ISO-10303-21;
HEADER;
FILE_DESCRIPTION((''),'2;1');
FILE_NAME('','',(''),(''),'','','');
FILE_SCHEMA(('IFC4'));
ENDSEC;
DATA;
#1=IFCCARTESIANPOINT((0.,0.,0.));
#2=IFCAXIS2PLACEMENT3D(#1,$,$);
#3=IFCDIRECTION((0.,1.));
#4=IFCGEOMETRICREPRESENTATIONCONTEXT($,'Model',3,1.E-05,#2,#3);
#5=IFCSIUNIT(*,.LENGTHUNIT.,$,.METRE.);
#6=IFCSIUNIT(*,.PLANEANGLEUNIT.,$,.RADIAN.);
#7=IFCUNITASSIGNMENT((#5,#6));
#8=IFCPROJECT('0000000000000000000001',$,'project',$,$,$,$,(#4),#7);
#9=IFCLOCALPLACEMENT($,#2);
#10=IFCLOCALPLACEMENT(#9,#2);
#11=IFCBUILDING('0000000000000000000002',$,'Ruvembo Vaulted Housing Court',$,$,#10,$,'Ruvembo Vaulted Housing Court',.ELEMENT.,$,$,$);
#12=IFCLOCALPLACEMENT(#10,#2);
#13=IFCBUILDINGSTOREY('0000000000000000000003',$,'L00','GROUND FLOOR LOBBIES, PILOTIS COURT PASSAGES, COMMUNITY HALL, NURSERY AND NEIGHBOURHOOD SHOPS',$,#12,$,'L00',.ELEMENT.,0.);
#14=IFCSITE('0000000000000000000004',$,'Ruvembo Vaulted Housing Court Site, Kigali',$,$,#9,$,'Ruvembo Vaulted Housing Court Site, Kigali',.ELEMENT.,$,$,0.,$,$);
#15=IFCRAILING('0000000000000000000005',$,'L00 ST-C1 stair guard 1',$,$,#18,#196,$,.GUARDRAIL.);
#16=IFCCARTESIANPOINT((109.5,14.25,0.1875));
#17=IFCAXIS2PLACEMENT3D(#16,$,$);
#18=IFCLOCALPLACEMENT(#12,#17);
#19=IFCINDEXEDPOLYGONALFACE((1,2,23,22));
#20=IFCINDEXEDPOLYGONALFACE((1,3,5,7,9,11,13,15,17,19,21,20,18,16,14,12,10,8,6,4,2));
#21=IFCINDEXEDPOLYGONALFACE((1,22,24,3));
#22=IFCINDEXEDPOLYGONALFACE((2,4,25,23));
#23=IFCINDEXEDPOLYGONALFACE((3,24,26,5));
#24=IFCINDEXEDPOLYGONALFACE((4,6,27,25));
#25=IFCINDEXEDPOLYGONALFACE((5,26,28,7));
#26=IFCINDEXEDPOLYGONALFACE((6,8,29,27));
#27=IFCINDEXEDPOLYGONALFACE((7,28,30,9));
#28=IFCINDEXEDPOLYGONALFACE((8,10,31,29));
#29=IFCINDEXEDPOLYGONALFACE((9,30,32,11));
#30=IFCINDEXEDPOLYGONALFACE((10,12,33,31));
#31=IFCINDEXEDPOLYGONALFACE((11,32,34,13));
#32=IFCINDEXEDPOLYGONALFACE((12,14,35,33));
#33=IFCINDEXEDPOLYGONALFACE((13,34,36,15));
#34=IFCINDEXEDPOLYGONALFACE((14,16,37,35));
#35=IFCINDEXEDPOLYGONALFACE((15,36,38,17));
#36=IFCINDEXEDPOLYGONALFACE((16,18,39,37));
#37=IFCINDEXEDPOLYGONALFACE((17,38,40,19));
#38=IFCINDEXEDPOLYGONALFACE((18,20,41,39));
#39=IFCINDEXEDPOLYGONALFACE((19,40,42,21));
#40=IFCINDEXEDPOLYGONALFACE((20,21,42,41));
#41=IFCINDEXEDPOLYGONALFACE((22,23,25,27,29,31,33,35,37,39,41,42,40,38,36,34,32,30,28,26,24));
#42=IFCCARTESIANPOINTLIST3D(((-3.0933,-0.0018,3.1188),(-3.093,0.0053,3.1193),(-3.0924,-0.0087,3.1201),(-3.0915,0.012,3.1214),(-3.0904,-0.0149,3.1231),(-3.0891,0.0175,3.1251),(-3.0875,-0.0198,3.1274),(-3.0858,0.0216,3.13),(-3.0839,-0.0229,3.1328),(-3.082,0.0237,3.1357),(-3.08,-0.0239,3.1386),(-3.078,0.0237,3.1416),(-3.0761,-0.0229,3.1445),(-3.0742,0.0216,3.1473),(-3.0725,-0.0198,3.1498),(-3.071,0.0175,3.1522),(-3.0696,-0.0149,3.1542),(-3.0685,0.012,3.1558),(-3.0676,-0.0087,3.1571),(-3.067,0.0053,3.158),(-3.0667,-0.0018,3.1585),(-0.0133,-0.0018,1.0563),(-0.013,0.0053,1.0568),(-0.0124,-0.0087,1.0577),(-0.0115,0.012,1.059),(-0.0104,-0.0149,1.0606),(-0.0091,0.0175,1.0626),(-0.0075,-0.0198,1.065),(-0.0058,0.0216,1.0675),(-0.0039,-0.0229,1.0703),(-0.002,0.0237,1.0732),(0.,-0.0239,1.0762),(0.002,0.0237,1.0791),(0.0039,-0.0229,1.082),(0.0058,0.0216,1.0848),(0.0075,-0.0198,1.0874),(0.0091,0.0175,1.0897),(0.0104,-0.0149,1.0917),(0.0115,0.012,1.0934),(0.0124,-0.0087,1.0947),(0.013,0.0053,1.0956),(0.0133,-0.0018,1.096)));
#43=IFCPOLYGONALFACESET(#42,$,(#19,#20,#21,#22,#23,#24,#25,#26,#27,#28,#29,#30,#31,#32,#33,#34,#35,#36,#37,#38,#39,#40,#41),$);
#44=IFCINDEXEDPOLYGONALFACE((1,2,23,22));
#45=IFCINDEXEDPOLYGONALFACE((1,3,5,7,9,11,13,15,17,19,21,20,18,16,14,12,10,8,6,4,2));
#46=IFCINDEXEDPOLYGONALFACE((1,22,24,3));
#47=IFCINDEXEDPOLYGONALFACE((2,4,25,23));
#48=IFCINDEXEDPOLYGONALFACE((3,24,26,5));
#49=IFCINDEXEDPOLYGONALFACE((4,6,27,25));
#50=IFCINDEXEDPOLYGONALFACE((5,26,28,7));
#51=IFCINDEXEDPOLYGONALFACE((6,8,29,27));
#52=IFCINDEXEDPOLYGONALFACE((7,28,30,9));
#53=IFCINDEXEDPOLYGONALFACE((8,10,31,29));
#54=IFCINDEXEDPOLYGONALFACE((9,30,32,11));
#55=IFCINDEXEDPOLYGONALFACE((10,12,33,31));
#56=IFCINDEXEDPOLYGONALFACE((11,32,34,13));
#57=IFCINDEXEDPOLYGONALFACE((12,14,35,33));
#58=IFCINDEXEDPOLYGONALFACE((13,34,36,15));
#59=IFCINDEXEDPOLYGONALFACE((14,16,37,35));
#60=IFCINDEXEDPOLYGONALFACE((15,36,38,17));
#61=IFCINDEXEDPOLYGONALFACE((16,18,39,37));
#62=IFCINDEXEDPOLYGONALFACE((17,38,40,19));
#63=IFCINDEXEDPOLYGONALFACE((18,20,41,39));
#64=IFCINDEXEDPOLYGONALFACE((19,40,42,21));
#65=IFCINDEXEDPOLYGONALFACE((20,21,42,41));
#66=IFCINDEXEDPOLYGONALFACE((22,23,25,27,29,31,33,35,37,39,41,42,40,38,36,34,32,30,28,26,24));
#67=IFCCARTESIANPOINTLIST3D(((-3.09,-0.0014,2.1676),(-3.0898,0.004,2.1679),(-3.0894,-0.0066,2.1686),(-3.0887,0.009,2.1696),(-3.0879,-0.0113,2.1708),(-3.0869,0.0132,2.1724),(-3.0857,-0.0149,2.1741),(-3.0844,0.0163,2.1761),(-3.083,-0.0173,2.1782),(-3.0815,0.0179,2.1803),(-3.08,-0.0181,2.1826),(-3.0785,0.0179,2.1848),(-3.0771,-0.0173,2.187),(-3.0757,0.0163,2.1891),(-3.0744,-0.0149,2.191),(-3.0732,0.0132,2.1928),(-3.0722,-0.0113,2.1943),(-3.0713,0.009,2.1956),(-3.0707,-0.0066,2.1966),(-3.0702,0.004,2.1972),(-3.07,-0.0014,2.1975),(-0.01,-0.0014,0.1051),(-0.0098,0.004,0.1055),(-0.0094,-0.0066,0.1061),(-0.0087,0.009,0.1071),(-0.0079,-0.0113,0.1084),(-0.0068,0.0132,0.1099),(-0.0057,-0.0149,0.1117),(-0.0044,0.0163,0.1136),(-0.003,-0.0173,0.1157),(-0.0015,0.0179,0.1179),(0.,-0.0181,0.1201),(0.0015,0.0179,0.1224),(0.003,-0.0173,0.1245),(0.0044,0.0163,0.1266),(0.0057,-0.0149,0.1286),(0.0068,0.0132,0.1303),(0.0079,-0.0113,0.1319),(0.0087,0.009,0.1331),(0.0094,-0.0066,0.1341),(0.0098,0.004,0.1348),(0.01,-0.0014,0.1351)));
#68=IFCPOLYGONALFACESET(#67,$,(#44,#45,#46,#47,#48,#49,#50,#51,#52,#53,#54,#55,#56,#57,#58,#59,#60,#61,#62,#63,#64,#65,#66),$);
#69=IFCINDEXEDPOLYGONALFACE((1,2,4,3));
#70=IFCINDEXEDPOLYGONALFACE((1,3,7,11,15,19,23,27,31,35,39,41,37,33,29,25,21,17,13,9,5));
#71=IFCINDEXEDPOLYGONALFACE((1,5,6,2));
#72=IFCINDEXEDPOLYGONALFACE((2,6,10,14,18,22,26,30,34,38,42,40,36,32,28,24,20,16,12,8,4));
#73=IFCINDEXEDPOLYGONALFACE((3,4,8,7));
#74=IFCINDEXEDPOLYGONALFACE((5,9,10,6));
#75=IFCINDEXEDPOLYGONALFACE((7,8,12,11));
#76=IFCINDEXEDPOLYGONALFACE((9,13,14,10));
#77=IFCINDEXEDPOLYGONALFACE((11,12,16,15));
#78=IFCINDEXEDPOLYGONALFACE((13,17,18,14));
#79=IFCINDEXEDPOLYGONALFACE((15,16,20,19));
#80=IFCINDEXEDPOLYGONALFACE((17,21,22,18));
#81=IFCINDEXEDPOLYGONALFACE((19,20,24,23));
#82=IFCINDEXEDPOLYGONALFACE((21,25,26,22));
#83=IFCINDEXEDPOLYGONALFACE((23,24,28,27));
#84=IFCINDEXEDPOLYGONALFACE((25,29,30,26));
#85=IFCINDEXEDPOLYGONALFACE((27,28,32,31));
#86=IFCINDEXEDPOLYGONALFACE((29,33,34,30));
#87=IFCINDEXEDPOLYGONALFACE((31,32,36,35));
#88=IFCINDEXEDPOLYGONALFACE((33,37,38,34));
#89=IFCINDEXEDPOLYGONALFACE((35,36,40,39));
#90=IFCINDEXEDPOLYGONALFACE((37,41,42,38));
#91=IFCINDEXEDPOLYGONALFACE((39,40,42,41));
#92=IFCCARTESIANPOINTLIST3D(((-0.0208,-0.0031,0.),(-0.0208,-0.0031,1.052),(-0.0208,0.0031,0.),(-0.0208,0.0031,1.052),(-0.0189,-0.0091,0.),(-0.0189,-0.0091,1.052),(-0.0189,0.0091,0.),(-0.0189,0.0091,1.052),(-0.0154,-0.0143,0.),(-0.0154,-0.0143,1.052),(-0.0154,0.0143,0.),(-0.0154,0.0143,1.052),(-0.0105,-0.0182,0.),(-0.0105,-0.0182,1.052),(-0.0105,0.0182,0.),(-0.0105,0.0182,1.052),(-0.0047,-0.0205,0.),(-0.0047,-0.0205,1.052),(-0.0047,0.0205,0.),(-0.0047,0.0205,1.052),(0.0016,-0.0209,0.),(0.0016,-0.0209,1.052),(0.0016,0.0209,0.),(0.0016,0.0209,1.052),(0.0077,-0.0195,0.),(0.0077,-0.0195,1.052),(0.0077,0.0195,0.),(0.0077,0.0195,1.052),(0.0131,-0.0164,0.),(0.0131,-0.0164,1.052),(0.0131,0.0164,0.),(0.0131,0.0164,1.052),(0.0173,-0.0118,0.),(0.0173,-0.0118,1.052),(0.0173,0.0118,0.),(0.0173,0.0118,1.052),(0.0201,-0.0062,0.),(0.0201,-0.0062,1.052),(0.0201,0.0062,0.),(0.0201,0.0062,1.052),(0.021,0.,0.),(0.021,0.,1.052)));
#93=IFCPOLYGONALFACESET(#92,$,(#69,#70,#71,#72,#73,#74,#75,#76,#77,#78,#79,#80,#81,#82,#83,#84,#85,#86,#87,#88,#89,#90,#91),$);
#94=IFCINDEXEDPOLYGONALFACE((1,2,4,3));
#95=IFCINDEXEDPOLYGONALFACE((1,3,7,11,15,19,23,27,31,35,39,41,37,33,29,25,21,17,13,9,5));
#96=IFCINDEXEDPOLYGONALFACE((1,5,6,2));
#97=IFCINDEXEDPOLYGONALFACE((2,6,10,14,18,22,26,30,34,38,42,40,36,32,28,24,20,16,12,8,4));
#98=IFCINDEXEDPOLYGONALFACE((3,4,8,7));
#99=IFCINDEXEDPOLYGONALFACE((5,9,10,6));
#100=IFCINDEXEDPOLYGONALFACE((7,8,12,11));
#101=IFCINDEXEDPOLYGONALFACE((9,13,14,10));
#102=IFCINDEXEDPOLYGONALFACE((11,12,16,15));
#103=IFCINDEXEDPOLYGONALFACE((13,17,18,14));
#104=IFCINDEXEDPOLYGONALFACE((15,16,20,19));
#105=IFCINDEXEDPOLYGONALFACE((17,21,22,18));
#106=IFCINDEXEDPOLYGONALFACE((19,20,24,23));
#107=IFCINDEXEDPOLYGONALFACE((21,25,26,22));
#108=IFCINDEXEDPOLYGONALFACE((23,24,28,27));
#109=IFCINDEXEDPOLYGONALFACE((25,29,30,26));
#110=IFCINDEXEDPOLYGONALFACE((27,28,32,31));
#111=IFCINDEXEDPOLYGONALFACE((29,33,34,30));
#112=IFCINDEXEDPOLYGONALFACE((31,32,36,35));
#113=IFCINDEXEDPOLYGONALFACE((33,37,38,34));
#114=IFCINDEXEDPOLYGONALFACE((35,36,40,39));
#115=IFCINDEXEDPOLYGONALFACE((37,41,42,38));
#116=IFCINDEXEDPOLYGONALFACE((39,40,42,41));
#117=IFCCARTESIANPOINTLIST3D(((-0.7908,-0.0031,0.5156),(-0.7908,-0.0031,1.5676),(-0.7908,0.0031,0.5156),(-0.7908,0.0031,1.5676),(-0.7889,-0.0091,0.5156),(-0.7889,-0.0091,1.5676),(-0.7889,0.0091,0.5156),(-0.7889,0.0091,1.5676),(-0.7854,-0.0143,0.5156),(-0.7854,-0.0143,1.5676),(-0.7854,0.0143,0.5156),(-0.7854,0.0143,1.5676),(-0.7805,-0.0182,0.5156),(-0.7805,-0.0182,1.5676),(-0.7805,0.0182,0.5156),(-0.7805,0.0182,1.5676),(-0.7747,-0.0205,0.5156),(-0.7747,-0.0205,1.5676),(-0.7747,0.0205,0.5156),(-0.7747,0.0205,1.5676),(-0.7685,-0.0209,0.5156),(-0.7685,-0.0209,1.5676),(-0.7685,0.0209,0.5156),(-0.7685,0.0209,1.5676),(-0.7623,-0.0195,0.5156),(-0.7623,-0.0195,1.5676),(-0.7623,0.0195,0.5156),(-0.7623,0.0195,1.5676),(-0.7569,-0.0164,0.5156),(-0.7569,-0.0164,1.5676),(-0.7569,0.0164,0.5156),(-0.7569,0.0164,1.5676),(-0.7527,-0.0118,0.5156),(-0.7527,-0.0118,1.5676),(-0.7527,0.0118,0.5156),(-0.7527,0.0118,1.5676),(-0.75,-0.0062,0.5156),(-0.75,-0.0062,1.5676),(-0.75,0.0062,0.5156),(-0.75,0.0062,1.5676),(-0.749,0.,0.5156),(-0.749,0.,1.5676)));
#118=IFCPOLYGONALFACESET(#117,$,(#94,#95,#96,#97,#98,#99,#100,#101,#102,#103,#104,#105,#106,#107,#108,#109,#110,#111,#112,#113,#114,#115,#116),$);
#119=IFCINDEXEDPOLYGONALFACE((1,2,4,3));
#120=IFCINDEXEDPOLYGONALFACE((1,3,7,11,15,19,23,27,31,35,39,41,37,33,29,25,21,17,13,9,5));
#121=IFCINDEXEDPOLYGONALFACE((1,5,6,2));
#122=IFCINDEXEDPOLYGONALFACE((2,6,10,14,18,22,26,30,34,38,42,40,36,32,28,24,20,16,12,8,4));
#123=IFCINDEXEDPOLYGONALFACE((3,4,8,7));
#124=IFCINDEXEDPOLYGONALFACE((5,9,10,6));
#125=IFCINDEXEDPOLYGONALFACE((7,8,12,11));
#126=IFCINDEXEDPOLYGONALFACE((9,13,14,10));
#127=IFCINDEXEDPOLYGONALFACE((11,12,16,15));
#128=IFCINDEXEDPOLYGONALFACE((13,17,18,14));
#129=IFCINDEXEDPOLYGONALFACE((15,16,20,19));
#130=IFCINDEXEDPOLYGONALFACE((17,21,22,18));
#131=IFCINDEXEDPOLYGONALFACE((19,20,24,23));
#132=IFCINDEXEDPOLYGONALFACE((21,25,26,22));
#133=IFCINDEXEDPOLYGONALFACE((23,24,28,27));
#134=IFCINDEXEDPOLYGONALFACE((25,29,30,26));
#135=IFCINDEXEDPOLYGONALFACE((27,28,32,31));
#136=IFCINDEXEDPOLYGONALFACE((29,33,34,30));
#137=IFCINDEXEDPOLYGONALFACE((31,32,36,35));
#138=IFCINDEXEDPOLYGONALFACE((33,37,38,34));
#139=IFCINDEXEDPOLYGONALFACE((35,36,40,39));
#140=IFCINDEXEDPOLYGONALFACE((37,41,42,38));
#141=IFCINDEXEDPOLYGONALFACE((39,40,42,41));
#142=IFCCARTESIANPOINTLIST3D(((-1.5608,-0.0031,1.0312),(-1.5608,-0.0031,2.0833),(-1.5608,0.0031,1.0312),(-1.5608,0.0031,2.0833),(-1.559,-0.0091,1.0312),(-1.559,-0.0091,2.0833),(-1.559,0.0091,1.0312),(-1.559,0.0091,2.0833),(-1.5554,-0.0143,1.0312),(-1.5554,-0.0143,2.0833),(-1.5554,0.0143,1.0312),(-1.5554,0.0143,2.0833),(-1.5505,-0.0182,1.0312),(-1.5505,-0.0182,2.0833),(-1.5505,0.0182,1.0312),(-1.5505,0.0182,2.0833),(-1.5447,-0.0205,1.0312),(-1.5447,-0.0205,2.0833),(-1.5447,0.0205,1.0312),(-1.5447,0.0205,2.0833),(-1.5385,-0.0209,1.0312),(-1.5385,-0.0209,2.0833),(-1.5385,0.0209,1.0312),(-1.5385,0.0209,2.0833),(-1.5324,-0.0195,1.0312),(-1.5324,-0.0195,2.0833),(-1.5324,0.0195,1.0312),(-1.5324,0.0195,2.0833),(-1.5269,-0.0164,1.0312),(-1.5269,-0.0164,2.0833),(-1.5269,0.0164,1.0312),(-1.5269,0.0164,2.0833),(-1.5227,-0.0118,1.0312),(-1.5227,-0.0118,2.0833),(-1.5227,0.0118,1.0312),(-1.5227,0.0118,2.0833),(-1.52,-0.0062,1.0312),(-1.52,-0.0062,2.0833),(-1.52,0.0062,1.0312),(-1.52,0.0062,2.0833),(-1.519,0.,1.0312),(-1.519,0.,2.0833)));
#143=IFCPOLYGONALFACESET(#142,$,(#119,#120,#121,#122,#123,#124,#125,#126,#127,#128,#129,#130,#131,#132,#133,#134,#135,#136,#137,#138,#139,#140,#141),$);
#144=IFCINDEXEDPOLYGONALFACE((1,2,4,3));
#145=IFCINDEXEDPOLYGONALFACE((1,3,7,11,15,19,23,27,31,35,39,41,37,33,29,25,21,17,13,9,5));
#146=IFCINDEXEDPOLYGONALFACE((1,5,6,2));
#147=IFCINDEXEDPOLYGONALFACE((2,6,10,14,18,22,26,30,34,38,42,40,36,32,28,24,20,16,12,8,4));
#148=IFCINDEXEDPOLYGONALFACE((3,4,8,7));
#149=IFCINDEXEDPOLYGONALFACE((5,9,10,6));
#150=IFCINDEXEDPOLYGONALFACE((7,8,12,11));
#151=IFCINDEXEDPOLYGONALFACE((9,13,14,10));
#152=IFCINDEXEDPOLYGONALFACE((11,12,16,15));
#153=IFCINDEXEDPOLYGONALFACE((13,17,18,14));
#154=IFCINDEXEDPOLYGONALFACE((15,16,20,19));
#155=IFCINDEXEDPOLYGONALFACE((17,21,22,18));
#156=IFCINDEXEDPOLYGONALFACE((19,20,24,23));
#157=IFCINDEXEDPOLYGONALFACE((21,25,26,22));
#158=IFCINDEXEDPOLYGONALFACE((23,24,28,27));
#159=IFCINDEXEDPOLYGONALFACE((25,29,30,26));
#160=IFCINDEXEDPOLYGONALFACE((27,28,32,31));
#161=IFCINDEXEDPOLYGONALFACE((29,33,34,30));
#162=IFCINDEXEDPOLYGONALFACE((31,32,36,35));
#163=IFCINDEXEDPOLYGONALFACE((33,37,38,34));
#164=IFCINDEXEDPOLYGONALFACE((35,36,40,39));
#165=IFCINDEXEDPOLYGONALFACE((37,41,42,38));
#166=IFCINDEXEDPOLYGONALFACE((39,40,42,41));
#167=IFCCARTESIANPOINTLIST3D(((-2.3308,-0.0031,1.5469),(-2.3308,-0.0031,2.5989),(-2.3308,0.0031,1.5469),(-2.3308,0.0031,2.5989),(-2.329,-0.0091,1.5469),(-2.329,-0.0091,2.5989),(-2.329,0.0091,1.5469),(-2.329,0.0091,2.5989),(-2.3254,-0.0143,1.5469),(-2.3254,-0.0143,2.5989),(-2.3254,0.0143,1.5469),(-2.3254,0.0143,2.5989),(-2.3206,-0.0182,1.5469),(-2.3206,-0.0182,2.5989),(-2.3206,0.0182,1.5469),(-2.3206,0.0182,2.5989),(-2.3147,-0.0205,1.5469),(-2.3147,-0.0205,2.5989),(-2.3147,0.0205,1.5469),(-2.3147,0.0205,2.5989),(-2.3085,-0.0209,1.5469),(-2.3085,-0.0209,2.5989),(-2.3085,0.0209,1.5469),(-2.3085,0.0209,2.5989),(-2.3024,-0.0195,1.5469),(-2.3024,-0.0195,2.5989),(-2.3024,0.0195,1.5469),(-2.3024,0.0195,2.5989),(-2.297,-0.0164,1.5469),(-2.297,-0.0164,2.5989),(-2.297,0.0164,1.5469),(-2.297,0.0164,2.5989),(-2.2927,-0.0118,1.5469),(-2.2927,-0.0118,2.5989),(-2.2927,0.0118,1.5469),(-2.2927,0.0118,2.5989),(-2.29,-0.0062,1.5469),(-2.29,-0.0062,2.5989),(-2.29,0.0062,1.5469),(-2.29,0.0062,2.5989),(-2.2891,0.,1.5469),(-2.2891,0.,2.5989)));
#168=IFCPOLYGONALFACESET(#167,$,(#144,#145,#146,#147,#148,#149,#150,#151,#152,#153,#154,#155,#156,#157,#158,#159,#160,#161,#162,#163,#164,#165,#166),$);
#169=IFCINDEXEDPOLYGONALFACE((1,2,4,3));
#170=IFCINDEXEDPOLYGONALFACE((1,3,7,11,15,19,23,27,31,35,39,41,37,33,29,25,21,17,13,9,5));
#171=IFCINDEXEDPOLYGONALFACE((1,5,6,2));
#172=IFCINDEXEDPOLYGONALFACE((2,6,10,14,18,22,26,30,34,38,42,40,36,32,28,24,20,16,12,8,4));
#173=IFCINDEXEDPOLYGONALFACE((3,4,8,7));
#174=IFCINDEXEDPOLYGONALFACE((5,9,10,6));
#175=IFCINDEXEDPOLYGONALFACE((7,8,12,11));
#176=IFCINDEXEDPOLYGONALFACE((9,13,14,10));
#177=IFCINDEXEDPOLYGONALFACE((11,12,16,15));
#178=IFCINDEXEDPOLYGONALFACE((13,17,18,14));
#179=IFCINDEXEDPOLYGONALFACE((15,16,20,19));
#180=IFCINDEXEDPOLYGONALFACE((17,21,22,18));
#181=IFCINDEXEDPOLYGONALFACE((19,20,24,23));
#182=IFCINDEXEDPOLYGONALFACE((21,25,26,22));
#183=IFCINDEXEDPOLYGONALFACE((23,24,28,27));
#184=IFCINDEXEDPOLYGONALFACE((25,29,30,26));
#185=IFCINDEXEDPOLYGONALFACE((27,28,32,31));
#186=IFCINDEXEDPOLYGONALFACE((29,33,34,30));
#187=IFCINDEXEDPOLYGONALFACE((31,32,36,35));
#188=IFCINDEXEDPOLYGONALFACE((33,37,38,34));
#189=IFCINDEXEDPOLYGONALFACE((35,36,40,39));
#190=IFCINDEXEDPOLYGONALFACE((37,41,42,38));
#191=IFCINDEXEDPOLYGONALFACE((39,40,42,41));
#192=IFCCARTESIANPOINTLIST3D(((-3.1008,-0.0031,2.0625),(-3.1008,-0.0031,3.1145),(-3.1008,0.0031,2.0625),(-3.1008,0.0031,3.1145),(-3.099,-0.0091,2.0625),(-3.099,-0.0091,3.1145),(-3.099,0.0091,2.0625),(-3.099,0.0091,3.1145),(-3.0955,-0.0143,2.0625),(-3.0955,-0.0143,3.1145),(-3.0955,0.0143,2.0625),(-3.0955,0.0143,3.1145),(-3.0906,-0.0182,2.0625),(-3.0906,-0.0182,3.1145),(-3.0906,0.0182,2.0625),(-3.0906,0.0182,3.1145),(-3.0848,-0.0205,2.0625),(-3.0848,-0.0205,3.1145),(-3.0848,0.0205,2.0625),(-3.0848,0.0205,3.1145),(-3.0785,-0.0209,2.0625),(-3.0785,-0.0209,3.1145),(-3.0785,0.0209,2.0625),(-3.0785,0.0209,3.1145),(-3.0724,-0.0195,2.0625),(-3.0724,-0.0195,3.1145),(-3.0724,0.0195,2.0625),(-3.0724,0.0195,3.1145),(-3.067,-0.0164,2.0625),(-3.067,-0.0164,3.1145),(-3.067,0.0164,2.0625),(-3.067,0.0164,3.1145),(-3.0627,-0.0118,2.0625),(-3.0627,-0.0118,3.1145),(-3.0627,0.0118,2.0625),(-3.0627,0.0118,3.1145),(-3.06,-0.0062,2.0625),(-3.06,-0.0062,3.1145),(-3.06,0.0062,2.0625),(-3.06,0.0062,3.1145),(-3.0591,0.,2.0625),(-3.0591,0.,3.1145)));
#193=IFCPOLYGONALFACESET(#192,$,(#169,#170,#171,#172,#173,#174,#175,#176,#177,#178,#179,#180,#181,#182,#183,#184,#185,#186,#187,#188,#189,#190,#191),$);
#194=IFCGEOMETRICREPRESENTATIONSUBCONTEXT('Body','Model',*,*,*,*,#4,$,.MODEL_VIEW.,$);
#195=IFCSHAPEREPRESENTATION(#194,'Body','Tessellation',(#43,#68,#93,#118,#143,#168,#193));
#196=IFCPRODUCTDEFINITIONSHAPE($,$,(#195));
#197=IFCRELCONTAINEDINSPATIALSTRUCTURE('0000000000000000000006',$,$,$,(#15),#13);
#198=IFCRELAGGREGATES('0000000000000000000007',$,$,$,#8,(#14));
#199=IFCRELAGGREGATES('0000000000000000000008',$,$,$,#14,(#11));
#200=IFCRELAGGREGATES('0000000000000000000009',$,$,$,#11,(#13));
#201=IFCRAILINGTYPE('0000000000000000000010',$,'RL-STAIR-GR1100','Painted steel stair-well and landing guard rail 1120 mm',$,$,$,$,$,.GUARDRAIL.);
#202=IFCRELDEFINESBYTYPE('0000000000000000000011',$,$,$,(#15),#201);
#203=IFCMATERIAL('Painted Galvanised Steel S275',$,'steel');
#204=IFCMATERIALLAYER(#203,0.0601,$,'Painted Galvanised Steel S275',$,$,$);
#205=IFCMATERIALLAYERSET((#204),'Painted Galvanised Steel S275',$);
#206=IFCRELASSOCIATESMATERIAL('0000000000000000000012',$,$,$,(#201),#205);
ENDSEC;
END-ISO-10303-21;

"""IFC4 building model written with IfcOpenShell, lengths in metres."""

from ifc_helpers import new_model, si_unit, direction, frame, origin, origin_2d, place, context, subcontext, project, spatial, circle, extrude, material, layer, layer_set, type_object, element, save


model = new_model("IFC4")

# Units and contexts
model_context = context("Model", 3, precision=1e-05, world=origin(), true_north=direction((0.0, 1.0)))
body_context = subcontext(model_context, "Body", "Model", "MODEL_VIEW")
ifc_project = project(units=[si_unit("LENGTHUNIT", "METRE"), si_unit("PLANEANGLEUNIT", "RADIAN")], contexts=[model_context])

# Site, building, storey
site_placement = place(None, origin())
site = spatial("IfcSite", under=ifc_project, at=site_placement, Name="Ruvembo Vaulted Housing Court Site, Kigali", LongName="Ruvembo Vaulted Housing Court Site, Kigali", CompositionType="ELEMENT", RefElevation=0.0)
building_placement = place(site_placement, origin())
building = spatial("IfcBuilding", under=site, at=building_placement, Name="Ruvembo Vaulted Housing Court", LongName="Ruvembo Vaulted Housing Court", CompositionType="ELEMENT")
storey_placement = place(building_placement, origin())
storey = spatial("IfcBuildingStorey", under=building, at=storey_placement, Name="L00", Description="GROUND FLOOR LOBBIES, PILOTIS COURT PASSAGES, COMMUNITY HALL, NURSERY AND NEIGHBOURHOOD SHOPS", LongName="L00", CompositionType="ELEMENT", Elevation=0.0)

# Railing
ifc_material_1 = material(Name="Painted Galvanised Steel S275", Category="steel")
ifc_layer_1 = layer(ifc_material_1, 0.0601, Name="Painted Galvanised Steel S275")
ifc_layer_set_1 = layer_set([ifc_layer_1], Name="Painted Galvanised Steel S275")
railing_type_1 = type_object("IfcRailingType", Name="RL-STAIR-GR1100", Description="Painted steel stair-well and landing guard rail 1120 mm", PredefinedType="GUARDRAIL", material=ifc_layer_set_1)
railing_1_placement = place(storey_placement, frame((109.5, 14.25, 0.1875)))
element("IfcRailing", 1, at=railing_1_placement, inside=storey, type_object=railing_type_1, Name="L00 ST-C1 stair guard 1", PredefinedType="GUARDRAIL", context=body_context, shape_type="SweptSolid", body=[
    extrude(circle(Radius=0.0239, at=origin_2d()), frame((0.0, 0.0, 1.0762), z_axis=(-0.830914, 0.0, 0.556401), x_axis=(0.0, -1.0, 0.0)), (0.0, 0.0, 1.0), 3.7068),
    extrude(circle(Radius=0.0181, at=origin_2d()), frame((0.0, 0.0, 0.1201), z_axis=(-0.830914, 0.0, 0.556401), x_axis=(0.0, -1.0, 0.0)), (0.0, 0.0, 1.0), 3.7068),
    extrude(circle(Radius=0.021, at=origin_2d()), origin(), (0.0, 0.0, 1.0), 1.052),
    extrude(circle(Radius=0.021, at=origin_2d()), frame((-0.77, 0.0, 0.5156)), (0.0, 0.0, 1.0), 1.052),
    extrude(circle(Radius=0.021, at=origin_2d()), frame((-1.54, 0.0, 1.0312)), (0.0, 0.0, 1.0), 1.052),
    extrude(circle(Radius=0.021, at=origin_2d()), frame((-2.3101, 0.0, 1.5469)), (0.0, 0.0, 1.0), 1.052),
    extrude(circle(Radius=0.021, at=origin_2d()), frame((-3.0801, 0.0, 2.0625)), (0.0, 0.0, 1.0), 1.052),
])

save(model, "model.ifc")
